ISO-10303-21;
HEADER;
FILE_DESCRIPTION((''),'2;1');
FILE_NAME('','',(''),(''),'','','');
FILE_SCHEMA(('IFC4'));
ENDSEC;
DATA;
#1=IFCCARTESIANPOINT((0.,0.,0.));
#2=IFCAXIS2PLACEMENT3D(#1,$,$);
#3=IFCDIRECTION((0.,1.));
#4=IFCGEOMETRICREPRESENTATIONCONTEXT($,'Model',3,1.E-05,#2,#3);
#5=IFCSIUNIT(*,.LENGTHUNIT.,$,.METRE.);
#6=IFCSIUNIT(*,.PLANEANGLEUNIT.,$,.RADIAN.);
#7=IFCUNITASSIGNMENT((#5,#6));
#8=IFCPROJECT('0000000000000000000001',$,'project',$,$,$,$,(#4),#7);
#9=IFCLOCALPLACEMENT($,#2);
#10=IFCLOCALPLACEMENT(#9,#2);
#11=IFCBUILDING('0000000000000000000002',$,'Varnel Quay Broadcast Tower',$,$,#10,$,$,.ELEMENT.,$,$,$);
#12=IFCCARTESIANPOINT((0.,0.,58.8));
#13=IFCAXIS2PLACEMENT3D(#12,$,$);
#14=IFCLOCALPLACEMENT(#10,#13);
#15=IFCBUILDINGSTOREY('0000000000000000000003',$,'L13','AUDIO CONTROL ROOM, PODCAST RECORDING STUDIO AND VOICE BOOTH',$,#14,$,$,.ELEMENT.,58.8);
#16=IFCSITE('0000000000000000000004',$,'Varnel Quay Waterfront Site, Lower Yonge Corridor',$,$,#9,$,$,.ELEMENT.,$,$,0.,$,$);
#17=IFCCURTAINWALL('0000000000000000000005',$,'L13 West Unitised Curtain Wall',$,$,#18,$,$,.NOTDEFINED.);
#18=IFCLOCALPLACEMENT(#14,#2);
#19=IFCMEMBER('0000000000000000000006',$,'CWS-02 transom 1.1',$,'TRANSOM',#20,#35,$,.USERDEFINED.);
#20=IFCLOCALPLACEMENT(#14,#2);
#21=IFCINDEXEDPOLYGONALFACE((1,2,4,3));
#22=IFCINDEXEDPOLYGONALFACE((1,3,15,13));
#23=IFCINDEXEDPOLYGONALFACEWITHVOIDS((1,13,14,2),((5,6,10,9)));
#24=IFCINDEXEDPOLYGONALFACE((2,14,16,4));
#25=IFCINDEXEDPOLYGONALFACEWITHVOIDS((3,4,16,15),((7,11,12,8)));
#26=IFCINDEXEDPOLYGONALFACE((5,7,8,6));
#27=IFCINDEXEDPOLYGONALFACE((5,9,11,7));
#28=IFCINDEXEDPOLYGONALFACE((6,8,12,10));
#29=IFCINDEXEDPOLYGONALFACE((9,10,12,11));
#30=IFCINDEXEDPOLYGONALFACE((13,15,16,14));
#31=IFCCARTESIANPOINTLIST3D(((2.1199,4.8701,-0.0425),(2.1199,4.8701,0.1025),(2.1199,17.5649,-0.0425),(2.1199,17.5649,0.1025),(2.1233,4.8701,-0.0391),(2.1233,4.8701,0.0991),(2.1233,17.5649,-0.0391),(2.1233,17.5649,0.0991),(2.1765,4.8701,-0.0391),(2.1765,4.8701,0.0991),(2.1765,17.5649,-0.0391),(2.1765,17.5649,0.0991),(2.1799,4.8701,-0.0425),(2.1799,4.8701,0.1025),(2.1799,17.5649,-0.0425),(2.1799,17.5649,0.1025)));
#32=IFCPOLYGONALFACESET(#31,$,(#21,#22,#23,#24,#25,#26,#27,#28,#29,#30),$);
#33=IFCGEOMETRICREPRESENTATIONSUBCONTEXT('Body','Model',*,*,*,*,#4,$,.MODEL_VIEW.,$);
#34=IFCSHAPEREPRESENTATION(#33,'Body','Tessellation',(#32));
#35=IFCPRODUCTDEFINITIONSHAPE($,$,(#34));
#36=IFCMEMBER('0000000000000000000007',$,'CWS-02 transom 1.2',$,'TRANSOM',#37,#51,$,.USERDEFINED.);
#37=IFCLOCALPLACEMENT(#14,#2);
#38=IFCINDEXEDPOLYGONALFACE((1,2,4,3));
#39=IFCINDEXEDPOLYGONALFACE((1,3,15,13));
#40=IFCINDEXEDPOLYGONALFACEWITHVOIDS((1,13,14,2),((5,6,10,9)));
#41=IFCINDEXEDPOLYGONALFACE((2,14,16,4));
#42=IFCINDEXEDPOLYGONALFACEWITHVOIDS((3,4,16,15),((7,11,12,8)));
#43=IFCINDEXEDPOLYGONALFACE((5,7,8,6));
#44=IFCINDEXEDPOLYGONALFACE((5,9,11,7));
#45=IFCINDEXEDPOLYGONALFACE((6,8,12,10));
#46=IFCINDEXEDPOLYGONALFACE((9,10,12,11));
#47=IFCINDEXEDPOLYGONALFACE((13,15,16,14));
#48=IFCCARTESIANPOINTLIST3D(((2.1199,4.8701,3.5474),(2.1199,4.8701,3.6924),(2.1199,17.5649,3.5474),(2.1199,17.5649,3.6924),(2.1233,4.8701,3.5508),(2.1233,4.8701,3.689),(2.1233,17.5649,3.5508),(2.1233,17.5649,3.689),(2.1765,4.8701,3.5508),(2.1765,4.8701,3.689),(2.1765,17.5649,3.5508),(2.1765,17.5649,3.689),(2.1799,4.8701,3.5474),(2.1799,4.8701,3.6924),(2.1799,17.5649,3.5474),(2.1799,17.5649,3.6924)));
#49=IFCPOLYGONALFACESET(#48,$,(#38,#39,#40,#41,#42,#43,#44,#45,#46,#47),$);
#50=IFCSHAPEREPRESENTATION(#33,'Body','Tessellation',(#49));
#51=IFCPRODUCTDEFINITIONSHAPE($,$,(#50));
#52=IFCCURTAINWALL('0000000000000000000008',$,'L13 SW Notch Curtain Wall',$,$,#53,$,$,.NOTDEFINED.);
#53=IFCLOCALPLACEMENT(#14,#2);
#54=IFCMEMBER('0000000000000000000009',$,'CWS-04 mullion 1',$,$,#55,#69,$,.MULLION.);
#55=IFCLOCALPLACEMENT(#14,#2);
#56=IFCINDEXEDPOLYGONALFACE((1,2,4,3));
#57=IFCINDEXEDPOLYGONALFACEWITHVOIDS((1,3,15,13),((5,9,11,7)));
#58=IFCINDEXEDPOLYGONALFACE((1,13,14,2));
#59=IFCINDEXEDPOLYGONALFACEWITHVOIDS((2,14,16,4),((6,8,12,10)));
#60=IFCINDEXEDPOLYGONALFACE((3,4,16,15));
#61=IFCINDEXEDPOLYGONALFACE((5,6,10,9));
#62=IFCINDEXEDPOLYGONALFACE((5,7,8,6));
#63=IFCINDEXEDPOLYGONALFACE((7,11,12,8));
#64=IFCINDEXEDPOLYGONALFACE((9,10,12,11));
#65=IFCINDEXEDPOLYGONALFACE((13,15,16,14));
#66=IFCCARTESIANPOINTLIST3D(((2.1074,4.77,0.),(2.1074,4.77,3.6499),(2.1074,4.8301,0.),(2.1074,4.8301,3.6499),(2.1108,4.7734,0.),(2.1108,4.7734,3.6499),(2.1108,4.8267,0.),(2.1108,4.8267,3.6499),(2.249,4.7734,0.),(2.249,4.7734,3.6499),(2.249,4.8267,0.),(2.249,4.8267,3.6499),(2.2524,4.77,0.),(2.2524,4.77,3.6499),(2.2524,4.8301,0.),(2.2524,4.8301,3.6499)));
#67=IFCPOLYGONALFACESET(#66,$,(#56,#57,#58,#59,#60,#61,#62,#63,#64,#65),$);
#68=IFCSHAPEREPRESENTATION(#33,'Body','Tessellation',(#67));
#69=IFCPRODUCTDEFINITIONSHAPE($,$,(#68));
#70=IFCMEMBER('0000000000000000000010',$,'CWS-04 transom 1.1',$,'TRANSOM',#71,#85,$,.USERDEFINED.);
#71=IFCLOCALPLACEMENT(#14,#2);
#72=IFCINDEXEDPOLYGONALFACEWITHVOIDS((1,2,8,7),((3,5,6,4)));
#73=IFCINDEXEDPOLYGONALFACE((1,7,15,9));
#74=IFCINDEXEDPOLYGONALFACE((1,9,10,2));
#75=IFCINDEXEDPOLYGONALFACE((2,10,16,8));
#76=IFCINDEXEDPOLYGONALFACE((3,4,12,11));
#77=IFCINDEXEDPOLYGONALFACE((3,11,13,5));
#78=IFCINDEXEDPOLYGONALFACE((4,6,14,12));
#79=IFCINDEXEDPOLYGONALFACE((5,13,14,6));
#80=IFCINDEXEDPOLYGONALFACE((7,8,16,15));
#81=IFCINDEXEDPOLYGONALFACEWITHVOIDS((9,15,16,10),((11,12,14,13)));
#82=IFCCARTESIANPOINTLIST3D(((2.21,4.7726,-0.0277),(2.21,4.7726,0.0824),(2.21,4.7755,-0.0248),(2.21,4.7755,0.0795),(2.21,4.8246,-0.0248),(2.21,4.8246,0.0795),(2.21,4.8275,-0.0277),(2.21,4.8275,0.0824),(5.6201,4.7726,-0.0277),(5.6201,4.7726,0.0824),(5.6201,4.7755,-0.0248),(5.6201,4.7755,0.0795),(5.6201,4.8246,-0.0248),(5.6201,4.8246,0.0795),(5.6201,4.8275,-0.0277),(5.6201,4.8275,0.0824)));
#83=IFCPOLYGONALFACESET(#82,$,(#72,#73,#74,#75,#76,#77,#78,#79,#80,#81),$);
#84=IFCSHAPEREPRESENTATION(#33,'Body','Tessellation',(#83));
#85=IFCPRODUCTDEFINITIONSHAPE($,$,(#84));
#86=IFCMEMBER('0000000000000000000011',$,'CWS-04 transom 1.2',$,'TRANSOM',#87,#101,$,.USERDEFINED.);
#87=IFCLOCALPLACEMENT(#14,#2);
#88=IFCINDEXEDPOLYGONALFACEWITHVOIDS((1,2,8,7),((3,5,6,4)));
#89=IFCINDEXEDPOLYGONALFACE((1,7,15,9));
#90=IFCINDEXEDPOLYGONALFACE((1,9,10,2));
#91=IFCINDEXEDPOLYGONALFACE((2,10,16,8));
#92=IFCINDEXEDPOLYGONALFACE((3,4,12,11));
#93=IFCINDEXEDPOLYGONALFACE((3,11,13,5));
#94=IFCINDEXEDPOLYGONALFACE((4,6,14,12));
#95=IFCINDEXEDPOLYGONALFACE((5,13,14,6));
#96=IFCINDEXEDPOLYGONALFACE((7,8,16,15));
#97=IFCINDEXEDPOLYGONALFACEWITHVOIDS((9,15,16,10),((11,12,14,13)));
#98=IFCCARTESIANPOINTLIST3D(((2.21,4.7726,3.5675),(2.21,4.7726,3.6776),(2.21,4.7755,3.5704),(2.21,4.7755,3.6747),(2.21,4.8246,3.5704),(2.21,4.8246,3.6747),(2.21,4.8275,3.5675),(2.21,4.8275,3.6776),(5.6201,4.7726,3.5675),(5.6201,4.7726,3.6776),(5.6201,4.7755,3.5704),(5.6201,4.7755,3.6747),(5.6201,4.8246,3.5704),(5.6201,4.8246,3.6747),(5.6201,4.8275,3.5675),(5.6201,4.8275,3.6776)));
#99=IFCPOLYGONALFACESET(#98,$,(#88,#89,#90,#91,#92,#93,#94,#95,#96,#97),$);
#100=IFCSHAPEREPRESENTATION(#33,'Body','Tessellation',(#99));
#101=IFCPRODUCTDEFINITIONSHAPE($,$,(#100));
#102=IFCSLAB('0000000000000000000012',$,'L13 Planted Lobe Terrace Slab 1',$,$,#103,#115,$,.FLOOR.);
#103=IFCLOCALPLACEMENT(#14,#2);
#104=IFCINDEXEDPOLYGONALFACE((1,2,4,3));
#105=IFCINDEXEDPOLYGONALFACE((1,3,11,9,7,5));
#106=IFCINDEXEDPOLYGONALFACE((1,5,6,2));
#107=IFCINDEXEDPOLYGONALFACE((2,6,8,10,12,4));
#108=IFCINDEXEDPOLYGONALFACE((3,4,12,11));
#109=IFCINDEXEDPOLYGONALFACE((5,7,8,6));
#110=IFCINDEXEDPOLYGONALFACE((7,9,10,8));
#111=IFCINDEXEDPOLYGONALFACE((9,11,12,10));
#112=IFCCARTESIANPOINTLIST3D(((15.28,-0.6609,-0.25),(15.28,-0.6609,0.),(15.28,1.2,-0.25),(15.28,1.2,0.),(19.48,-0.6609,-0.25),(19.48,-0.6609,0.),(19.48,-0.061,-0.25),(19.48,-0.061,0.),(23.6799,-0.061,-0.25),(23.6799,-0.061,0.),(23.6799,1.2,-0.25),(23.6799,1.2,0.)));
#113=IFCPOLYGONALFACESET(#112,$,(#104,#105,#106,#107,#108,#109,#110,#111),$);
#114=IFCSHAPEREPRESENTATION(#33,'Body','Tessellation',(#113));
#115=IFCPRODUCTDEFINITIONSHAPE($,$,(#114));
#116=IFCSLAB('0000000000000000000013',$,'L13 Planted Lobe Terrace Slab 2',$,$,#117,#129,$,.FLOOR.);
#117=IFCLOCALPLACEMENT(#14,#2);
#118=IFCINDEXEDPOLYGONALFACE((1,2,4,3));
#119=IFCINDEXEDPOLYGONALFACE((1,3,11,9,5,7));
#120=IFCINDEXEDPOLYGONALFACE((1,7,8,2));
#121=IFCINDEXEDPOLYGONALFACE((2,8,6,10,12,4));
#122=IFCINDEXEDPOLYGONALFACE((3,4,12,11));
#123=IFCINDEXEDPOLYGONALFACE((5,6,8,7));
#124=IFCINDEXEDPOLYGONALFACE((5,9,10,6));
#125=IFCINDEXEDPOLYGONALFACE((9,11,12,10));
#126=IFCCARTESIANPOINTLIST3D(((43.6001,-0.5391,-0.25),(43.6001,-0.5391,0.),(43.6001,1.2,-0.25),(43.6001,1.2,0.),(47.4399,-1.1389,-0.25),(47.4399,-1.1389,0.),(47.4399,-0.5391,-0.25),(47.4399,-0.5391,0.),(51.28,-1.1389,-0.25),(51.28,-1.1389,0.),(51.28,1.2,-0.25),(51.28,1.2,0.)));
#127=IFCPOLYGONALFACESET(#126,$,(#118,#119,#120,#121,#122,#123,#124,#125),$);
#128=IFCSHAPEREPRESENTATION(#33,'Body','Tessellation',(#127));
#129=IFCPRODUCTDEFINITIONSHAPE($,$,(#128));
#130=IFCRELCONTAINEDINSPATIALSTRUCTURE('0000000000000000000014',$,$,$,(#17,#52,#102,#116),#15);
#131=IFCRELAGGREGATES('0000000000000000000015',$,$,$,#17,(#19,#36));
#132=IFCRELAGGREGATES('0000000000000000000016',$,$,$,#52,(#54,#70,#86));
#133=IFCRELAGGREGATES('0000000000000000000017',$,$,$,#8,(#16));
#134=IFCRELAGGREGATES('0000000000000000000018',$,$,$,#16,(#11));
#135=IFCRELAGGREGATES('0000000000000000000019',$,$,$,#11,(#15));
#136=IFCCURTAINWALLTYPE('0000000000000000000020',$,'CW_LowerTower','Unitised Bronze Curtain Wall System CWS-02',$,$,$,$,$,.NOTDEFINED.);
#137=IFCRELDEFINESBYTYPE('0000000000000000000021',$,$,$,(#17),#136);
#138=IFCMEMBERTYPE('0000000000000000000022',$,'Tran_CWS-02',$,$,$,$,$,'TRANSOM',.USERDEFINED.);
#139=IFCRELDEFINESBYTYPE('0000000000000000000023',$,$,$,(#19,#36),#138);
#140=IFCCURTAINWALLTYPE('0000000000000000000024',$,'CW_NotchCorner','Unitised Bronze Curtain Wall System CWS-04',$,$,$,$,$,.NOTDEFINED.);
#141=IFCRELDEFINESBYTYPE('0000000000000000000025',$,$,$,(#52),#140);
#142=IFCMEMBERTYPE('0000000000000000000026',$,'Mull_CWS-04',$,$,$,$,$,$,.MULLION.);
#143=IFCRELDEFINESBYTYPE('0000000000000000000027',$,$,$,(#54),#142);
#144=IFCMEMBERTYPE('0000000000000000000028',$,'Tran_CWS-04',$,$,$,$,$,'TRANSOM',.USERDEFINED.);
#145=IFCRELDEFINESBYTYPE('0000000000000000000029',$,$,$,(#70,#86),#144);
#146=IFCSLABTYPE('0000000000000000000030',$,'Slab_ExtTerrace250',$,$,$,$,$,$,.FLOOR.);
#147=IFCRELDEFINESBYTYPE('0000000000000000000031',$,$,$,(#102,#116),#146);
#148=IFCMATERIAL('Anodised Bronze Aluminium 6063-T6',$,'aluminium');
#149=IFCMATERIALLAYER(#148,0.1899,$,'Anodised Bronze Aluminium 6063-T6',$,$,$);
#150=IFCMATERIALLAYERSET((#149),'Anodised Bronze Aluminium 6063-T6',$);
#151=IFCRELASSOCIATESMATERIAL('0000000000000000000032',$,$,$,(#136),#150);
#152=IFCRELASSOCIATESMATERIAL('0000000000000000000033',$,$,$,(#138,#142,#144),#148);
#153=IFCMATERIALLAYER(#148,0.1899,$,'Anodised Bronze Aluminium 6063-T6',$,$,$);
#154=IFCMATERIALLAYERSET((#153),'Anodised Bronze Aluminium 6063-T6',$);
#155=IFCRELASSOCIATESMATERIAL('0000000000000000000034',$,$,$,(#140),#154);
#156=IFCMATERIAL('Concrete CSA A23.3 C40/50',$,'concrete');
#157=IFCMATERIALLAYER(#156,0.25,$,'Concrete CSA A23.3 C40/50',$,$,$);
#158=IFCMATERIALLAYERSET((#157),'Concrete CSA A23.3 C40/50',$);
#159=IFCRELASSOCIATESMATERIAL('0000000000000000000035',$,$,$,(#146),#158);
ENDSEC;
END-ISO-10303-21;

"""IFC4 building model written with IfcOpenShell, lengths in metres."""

from ifc_helpers import new_model, si_unit, direction, frame, origin, origin_2d, place, context, subcontext, project, spatial, polyline, hollow_rectangle, outline, extrude, source, transform, mapped, material, layer, layer_set, material_profile, profile_set, type_object, type_shapes, element, aggregate, save


model = new_model("IFC4")

# Units and contexts
model_context = context("Model", 3, precision=1e-05, world=origin(), true_north=direction((0.0, 1.0)))
body_context = subcontext(model_context, "Body", "Model", "MODEL_VIEW")
ifc_project = project(units=[si_unit("LENGTHUNIT", "METRE"), si_unit("PLANEANGLEUNIT", "RADIAN")], contexts=[model_context])

# Site, building, storey
site_placement = place(None, origin())
site = spatial("IfcSite", under=ifc_project, at=site_placement, Name="Varnel Quay Waterfront Site, Lower Yonge Corridor", CompositionType="ELEMENT", RefElevation=0.0)
building_placement = place(site_placement, origin())
building = spatial("IfcBuilding", under=site, at=building_placement, Name="Varnel Quay Broadcast Tower", CompositionType="ELEMENT")
storey_placement = place(building_placement, frame((0.0, 0.0, 58.8)))
storey = spatial("IfcBuildingStorey", under=building, at=storey_placement, Name="L13", Description="AUDIO CONTROL ROOM, PODCAST RECORDING STUDIO AND VOICE BOOTH", CompositionType="ELEMENT", Elevation=58.8)

# Shared definitions
ifc_material_1 = material(Name="Anodised Bronze Aluminium 6063-T6", Category="aluminium")
ifc_layer_1 = layer(ifc_material_1, 0.1899, Name="Anodised Bronze Aluminium 6063-T6")
ifc_layer_set_1 = layer_set([ifc_layer_1], Name="Anodised Bronze Aluminium 6063-T6")
curtain_wall_type_1 = type_object("IfcCurtainWallType", Name="CW_LowerTower", Description="Unitised Bronze Curtain Wall System CWS-02", PredefinedType="NOTDEFINED", material=ifc_layer_set_1)

# Curtain walls, members
curtain_wall_1_placement = place(storey_placement, origin())
curtain_wall_1 = element("IfcCurtainWall", 1, at=curtain_wall_1_placement, inside=storey, type_object=curtain_wall_type_1, Name="L13 West Unitised Curtain Wall", PredefinedType="NOTDEFINED")
ifc_material_profile_1 = material_profile(ifc_material_1, hollow_rectangle(XDim=0.0601, YDim=0.145, WallThickness=0.0034, at=origin_2d()), Name="ALU60X145X3.5")
ifc_profile_set_1 = profile_set([ifc_material_profile_1], Name="Anodised Bronze Aluminium 6063-T6")
member_type_1 = type_object("IfcMemberType", Name="Tran_CWS-02", ElementType="TRANSOM", PredefinedType="USERDEFINED", material=ifc_profile_set_1)
shared_shape_1 = source(origin(), body_context, "Body", "SweptSolid", [
    extrude(hollow_rectangle(XDim=0.0601, YDim=0.145, WallThickness=0.0034, at=origin_2d()), origin(), (0.0, 0.0, 1.0), 12.6948),
])
type_shapes(member_type_1, [shared_shape_1])
member_1_placement = place(storey_placement, frame((2.1499, 4.8701, 0.03), z_axis=(0.0, 1.0, 0.0), x_axis=(-1.0, 0.0, 0.0)))
member_1 = element("IfcMember", 2, at=member_1_placement, type_object=member_type_1, Name="CWS-02 transom 1.1", ObjectType="TRANSOM", PredefinedType="USERDEFINED", context=body_context, shape_type="MappedRepresentation", body=[
    mapped(shared_shape_1, transform((0.0, 0.0, 0.0), x_axis=(1.0, 0.0, 0.0), y_axis=(0.0, 1.0, 0.0), z_axis=(0.0, 0.0, 1.0), scale=1.0)),
])
member_2_placement = place(storey_placement, frame((2.1499, 4.8701, 3.6199), z_axis=(0.0, 1.0, 0.0), x_axis=(-1.0, 0.0, 0.0)))
member_2 = element("IfcMember", 3, at=member_2_placement, type_object=member_type_1, Name="CWS-02 transom 1.2", ObjectType="TRANSOM", PredefinedType="USERDEFINED", context=body_context, shape_type="MappedRepresentation", body=[
    mapped(shared_shape_1, transform((0.0, 0.0, 0.0), x_axis=(1.0, 0.0, 0.0), y_axis=(0.0, 1.0, 0.0), z_axis=(0.0, 0.0, 1.0), scale=1.0)),
])
ifc_layer_2 = layer(ifc_material_1, 0.1899, Name="Anodised Bronze Aluminium 6063-T6")
ifc_layer_set_2 = layer_set([ifc_layer_2], Name="Anodised Bronze Aluminium 6063-T6")
curtain_wall_type_2 = type_object("IfcCurtainWallType", Name="CW_NotchCorner", Description="Unitised Bronze Curtain Wall System CWS-04", PredefinedType="NOTDEFINED", material=ifc_layer_set_2)
curtain_wall_2_placement = place(storey_placement, origin())
curtain_wall_2 = element("IfcCurtainWall", 4, at=curtain_wall_2_placement, inside=storey, type_object=curtain_wall_type_2, Name="L13 SW Notch Curtain Wall", PredefinedType="NOTDEFINED")
ifc_material_profile_2 = material_profile(ifc_material_1, hollow_rectangle(XDim=0.0601, YDim=0.145, WallThickness=0.0034, at=origin_2d()), Name="ALU60X145X3.5")
ifc_profile_set_2 = profile_set([ifc_material_profile_2], Name="Anodised Bronze Aluminium 6063-T6")
member_type_2 = type_object("IfcMemberType", Name="Mull_CWS-04", PredefinedType="MULLION", material=ifc_profile_set_2)
shared_shape_2 = source(origin(), body_context, "Body", "SweptSolid", [
    extrude(hollow_rectangle(XDim=0.0601, YDim=0.145, WallThickness=0.0034, at=origin_2d()), origin(), (0.0, 0.0, 1.0), 3.6499),
])
type_shapes(member_type_2, [shared_shape_2])
member_3_placement = place(storey_placement, frame((2.1799, 4.8, 0.0), z_axis=(0.0, 0.0, 1.0), x_axis=(0.0, 1.0, 0.0)))
member_3 = element("IfcMember", 5, at=member_3_placement, type_object=member_type_2, Name="CWS-04 mullion 1", PredefinedType="MULLION", context=body_context, shape_type="MappedRepresentation", body=[
    mapped(shared_shape_2, transform((0.0, 0.0, 0.0), x_axis=(1.0, 0.0, 0.0), y_axis=(0.0, 1.0, 0.0), z_axis=(0.0, 0.0, 1.0), scale=1.0)),
])
ifc_material_profile_3 = material_profile(ifc_material_1, hollow_rectangle(XDim=0.0549, YDim=0.1101, WallThickness=0.0029, at=origin_2d()), Name="ALU55X110X3")
ifc_profile_set_3 = profile_set([ifc_material_profile_3], Name="Anodised Bronze Aluminium 6063-T6")
member_type_3 = type_object("IfcMemberType", Name="Tran_CWS-04", ElementType="TRANSOM", PredefinedType="USERDEFINED", material=ifc_profile_set_3)
shared_shape_3 = source(origin(), body_context, "Body", "SweptSolid", [
    extrude(hollow_rectangle(XDim=0.0549, YDim=0.1101, WallThickness=0.0029, at=origin_2d()), origin(), (0.0, 0.0, 1.0), 3.4102),
])
type_shapes(member_type_3, [shared_shape_3])
member_4_placement = place(storey_placement, frame((2.21, 4.8, 0.0273), z_axis=(1.0, 0.0, 0.0), x_axis=(0.0, 1.0, 0.0)))
member_4 = element("IfcMember", 6, at=member_4_placement, type_object=member_type_3, Name="CWS-04 transom 1.1", ObjectType="TRANSOM", PredefinedType="USERDEFINED", context=body_context, shape_type="MappedRepresentation", body=[
    mapped(shared_shape_3, transform((0.0, 0.0, 0.0), x_axis=(1.0, 0.0, 0.0), y_axis=(0.0, 1.0, 0.0), z_axis=(0.0, 0.0, 1.0), scale=1.0)),
])
member_5_placement = place(storey_placement, frame((2.21, 4.8, 3.6226), z_axis=(1.0, 0.0, 0.0), x_axis=(0.0, 1.0, 0.0)))
member_5 = element("IfcMember", 7, at=member_5_placement, type_object=member_type_3, Name="CWS-04 transom 1.2", ObjectType="TRANSOM", PredefinedType="USERDEFINED", context=body_context, shape_type="MappedRepresentation", body=[
    mapped(shared_shape_3, transform((0.0, 0.0, 0.0), x_axis=(1.0, 0.0, 0.0), y_axis=(0.0, 1.0, 0.0), z_axis=(0.0, 0.0, 1.0), scale=1.0)),
])

# Slabs
ifc_material_2 = material(Name="Concrete CSA A23.3 C40/50", Category="concrete")
ifc_layer_3 = layer(ifc_material_2, 0.25, Name="Concrete CSA A23.3 C40/50")
ifc_layer_set_3 = layer_set([ifc_layer_3], Name="Concrete CSA A23.3 C40/50")
slab_type_1 = type_object("IfcSlabType", Name="Slab_ExtTerrace250", PredefinedType="FLOOR", material=ifc_layer_set_3)
slab_1_placement = place(storey_placement, frame((0.0, 0.0, -0.25)))
element("IfcSlab", 8, at=slab_1_placement, inside=storey, type_object=slab_type_1, Name="L13 Planted Lobe Terrace Slab 1", PredefinedType="FLOOR", context=body_context, shape_type="SweptSolid", body=[
    extrude(outline(polyline([(15.28, -0.6609), (19.48, -0.6609), (19.48, -0.061), (23.6799, -0.061), (23.6799, 1.2), (15.28, 1.2), (15.28, -0.6609)])), origin(), (0.0, 0.0, 1.0), 0.25),
])
slab_2_placement = place(storey_placement, frame((0.0, 0.0, -0.25)))
element("IfcSlab", 9, at=slab_2_placement, inside=storey, type_object=slab_type_1, Name="L13 Planted Lobe Terrace Slab 2", PredefinedType="FLOOR", context=body_context, shape_type="SweptSolid", body=[
    extrude(outline(polyline([(43.6001, -0.5391), (47.4399, -0.5391), (47.4399, -1.1389), (51.28, -1.1389), (51.28, 1.2), (43.6001, 1.2), (43.6001, -0.5391)])), origin(), (0.0, 0.0, 1.0), 0.25),
])

aggregate(curtain_wall_1, [member_1, member_2])
aggregate(curtain_wall_2, [member_3, member_4, member_5])

save(model, "model.ifc")
